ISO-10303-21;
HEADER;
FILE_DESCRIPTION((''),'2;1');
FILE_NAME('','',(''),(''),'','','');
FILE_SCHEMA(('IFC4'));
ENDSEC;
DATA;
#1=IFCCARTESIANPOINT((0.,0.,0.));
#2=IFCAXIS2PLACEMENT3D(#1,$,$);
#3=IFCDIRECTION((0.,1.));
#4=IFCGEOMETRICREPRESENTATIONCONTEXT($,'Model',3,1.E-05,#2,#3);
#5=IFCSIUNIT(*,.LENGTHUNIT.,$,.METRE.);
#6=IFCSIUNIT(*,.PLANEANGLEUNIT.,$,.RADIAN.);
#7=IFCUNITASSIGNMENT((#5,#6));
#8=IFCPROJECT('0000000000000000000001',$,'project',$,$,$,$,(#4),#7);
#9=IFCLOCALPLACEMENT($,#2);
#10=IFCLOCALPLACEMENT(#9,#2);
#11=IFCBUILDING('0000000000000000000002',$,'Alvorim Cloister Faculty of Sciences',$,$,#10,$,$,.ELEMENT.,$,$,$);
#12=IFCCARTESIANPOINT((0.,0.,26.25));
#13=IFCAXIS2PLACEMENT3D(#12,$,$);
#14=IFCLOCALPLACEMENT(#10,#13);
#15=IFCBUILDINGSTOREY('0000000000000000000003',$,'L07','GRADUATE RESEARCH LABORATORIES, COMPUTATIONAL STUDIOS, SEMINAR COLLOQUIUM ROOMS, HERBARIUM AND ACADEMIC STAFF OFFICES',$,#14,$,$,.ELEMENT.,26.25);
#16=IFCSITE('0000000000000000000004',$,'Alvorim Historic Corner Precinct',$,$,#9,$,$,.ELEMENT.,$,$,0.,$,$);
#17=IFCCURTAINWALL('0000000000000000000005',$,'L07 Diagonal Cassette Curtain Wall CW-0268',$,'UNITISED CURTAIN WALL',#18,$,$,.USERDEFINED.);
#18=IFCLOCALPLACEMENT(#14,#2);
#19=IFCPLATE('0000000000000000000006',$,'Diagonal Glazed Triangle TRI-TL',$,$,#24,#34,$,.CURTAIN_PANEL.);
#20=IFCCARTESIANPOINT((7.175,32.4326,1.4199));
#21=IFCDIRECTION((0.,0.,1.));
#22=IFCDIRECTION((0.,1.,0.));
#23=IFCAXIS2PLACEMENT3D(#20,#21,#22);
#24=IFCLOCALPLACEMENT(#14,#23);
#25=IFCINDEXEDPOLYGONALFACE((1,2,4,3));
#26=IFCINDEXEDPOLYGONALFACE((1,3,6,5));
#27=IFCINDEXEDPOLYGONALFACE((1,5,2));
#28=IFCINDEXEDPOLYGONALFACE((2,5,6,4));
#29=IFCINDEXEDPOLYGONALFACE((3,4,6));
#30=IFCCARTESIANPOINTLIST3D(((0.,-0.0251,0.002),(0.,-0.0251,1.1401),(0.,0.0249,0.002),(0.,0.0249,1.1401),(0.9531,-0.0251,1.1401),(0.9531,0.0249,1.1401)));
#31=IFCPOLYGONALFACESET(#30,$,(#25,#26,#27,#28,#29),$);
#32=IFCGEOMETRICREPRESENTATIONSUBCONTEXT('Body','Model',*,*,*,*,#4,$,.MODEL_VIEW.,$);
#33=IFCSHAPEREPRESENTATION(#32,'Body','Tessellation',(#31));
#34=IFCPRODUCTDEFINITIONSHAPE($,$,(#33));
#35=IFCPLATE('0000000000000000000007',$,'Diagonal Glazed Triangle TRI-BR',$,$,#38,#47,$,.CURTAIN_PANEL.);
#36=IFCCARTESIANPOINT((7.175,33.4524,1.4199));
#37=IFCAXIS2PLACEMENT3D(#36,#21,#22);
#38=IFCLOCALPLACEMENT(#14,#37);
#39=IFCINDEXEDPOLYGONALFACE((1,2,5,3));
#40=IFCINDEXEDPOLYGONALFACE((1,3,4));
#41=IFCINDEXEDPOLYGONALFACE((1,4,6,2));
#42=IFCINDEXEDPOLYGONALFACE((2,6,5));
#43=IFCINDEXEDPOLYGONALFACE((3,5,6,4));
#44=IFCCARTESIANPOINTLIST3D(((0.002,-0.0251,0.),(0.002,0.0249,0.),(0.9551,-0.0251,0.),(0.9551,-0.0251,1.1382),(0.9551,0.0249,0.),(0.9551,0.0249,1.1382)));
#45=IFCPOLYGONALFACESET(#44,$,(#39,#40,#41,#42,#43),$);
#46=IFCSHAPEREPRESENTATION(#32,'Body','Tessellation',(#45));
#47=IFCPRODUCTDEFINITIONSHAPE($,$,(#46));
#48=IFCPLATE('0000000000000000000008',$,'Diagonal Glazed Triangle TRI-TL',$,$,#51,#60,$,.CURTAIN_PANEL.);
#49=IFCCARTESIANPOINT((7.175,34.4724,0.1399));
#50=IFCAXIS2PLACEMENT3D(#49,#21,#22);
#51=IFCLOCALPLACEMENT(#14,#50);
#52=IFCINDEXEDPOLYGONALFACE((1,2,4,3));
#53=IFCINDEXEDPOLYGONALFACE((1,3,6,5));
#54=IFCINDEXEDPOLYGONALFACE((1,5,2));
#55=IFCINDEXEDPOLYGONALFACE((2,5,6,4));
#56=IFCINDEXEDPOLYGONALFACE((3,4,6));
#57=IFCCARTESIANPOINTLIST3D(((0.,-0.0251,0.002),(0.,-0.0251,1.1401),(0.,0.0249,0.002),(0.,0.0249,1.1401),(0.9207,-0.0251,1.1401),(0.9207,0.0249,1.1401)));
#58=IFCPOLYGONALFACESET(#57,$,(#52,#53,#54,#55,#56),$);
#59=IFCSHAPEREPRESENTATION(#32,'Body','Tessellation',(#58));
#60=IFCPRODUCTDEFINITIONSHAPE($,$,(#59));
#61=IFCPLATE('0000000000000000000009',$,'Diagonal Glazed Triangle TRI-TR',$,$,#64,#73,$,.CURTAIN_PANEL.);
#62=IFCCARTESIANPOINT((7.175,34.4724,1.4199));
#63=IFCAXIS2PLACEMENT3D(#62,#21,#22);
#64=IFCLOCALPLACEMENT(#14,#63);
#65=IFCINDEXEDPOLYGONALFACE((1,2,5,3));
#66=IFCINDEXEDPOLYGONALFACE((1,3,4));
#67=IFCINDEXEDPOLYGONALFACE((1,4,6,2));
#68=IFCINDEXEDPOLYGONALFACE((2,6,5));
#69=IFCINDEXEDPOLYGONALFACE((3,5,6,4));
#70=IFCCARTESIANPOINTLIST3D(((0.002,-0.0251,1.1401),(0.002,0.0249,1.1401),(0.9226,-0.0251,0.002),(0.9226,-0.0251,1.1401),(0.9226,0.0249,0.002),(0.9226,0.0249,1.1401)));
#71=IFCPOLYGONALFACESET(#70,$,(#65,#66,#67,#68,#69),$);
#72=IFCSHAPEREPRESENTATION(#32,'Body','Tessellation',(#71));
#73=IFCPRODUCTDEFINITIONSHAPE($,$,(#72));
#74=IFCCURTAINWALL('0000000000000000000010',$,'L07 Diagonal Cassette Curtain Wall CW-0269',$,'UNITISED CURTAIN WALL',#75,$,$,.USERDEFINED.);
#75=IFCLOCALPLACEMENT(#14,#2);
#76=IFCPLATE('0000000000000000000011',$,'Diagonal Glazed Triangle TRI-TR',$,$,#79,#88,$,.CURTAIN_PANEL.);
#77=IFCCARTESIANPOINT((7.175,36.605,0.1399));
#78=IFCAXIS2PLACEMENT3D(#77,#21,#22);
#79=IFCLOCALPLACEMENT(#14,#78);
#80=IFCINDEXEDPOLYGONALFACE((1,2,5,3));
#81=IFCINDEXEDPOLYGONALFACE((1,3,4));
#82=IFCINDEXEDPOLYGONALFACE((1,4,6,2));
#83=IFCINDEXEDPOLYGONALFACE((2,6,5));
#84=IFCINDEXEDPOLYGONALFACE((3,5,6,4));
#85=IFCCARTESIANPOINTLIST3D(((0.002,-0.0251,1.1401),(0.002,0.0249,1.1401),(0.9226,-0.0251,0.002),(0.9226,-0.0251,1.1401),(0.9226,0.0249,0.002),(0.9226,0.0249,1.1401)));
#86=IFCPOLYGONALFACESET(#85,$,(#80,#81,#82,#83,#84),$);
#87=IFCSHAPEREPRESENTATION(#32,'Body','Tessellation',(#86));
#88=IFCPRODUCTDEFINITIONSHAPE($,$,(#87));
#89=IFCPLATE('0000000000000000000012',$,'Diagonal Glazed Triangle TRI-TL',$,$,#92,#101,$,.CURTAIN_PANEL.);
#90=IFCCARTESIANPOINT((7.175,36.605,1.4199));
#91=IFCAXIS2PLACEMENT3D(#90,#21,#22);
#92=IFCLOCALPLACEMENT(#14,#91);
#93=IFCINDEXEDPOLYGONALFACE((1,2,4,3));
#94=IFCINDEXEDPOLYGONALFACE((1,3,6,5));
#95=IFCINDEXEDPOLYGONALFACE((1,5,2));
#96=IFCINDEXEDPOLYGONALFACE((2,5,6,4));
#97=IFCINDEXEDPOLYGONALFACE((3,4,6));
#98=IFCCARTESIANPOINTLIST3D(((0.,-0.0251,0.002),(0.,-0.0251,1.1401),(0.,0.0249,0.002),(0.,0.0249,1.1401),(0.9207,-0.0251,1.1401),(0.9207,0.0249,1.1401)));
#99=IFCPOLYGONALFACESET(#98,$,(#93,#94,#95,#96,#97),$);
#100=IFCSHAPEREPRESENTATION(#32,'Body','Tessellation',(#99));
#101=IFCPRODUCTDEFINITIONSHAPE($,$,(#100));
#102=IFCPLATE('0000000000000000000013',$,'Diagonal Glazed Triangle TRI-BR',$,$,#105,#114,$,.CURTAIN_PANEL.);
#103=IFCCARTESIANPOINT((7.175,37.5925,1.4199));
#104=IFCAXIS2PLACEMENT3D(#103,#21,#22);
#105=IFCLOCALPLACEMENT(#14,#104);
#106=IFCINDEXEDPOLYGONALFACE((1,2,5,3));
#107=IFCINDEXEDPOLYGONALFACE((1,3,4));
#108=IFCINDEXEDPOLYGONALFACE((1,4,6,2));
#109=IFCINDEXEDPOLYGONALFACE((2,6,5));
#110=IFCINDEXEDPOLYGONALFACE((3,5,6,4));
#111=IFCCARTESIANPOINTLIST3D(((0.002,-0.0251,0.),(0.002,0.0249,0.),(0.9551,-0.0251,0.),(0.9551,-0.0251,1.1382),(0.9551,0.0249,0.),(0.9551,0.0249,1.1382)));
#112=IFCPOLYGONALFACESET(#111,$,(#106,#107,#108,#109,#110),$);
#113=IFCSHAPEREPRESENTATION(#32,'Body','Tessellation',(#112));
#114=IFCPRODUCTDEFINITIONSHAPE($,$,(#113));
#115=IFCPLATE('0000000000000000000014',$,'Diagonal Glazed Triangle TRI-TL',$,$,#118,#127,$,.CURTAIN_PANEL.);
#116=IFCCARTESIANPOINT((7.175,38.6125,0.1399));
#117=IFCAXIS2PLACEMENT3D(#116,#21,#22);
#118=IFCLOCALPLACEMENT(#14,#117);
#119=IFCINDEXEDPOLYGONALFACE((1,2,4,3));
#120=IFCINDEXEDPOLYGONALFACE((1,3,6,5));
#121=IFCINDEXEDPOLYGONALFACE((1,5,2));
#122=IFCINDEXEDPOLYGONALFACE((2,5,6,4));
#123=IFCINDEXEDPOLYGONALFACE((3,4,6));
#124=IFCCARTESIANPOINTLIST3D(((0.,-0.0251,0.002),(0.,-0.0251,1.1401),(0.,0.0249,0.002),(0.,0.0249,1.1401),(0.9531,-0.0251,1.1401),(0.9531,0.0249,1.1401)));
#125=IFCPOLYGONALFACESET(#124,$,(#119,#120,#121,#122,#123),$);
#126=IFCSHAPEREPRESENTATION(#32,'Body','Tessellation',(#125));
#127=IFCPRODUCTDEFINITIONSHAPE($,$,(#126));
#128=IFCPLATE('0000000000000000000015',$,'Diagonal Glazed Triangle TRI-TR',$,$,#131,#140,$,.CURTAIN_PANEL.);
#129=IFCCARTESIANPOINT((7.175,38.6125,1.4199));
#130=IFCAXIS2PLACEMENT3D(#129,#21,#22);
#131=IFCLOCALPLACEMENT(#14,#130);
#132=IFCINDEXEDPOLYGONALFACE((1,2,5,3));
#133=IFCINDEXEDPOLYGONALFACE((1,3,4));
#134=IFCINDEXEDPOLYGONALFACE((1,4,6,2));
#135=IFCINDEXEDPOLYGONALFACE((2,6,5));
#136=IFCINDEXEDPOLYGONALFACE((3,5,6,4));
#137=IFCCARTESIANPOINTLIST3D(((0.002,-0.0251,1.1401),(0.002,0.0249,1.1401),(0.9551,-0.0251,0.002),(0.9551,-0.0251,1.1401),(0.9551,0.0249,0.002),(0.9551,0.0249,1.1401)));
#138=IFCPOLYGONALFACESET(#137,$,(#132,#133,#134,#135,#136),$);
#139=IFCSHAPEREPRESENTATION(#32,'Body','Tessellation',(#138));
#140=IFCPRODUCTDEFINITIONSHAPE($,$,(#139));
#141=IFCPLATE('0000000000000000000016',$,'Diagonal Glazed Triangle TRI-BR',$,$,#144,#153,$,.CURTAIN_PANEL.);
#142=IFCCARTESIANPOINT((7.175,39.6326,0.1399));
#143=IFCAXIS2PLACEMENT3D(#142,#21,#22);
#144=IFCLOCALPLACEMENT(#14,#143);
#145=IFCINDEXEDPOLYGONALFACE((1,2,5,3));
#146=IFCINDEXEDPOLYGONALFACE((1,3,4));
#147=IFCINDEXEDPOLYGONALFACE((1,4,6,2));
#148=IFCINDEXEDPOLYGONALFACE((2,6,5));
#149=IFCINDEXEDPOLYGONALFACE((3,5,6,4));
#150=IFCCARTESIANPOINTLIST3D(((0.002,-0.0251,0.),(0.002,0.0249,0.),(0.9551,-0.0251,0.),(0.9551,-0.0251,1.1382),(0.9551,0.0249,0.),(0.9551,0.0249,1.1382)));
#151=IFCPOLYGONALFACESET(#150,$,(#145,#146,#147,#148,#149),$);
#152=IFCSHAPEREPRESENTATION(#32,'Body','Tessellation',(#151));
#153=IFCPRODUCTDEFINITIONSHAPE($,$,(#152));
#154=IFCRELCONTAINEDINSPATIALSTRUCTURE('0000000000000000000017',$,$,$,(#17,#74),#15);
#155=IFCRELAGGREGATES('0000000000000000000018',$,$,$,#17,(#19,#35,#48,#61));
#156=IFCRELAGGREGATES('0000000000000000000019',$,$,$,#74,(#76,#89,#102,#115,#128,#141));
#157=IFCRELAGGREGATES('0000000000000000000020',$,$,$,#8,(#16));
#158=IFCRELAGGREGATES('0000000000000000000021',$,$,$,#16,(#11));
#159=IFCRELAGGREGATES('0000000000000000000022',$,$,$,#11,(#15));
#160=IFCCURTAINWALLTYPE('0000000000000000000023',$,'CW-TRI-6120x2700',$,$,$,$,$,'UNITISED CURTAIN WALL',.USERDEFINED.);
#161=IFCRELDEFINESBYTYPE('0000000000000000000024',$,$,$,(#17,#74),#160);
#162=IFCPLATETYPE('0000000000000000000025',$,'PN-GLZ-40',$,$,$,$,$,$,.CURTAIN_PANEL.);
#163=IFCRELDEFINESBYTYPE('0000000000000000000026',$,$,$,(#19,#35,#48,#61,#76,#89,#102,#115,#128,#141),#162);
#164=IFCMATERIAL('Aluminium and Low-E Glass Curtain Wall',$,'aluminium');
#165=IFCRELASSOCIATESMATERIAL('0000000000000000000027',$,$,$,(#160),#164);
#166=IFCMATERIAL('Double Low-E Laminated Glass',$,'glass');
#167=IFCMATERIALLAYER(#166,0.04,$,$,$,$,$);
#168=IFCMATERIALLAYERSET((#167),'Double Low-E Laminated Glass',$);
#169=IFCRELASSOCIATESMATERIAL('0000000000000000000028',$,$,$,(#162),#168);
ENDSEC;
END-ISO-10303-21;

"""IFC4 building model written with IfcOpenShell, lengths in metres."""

from ifc_helpers import new_model, si_unit, direction, frame, origin, place, context, subcontext, project, spatial, polyline, outline, extrude, material, layer, layer_set, type_object, element, aggregate, save


model = new_model("IFC4")

# Units and contexts
model_context = context("Model", 3, precision=1e-05, world=origin(), true_north=direction((0.0, 1.0)))
body_context = subcontext(model_context, "Body", "Model", "MODEL_VIEW")
ifc_project = project(units=[si_unit("LENGTHUNIT", "METRE"), si_unit("PLANEANGLEUNIT", "RADIAN")], contexts=[model_context])

# Site, building, storey
site_placement = place(None, origin())
site = spatial("IfcSite", under=ifc_project, at=site_placement, Name="Alvorim Historic Corner Precinct", CompositionType="ELEMENT", RefElevation=0.0)
building_placement = place(site_placement, origin())
building = spatial("IfcBuilding", under=site, at=building_placement, Name="Alvorim Cloister Faculty of Sciences", CompositionType="ELEMENT")
storey_placement = place(building_placement, frame((0.0, 0.0, 26.25)))
storey = spatial("IfcBuildingStorey", under=building, at=storey_placement, Name="L07", Description="GRADUATE RESEARCH LABORATORIES, COMPUTATIONAL STUDIOS, SEMINAR COLLOQUIUM ROOMS, HERBARIUM AND ACADEMIC STAFF OFFICES", CompositionType="ELEMENT", Elevation=26.25)

# Curtain walls, plates
ifc_material_1 = material(Name="Aluminium and Low-E Glass Curtain Wall", Category="aluminium")
curtain_wall_type = type_object("IfcCurtainWallType", Name="CW-TRI-6120x2700", ElementType="UNITISED CURTAIN WALL", PredefinedType="USERDEFINED", material=ifc_material_1)
curtain_wall_1_placement = place(storey_placement, origin())
curtain_wall_1 = element("IfcCurtainWall", 1, at=curtain_wall_1_placement, inside=storey, type_object=curtain_wall_type, Name="L07 Diagonal Cassette Curtain Wall CW-0268", ObjectType="UNITISED CURTAIN WALL", PredefinedType="USERDEFINED")
ifc_material_2 = material(Name="Double Low-E Laminated Glass", Category="glass")
ifc_layer_1 = layer(ifc_material_2, 0.04)
ifc_layer_set_1 = layer_set([ifc_layer_1], Name="Double Low-E Laminated Glass")
plate_type_1 = type_object("IfcPlateType", Name="PN-GLZ-40", PredefinedType="CURTAIN_PANEL", material=ifc_layer_set_1)
plate_1_placement = place(storey_placement, frame((7.175, 32.4326, 1.4199), z_axis=(0.0, 0.0, 1.0), x_axis=(0.0, 1.0, 0.0)))
plate_1 = element("IfcPlate", 2, at=plate_1_placement, type_object=plate_type_1, Name="Diagonal Glazed Triangle TRI-TL", PredefinedType="CURTAIN_PANEL", context=body_context, shape_type="SweptSolid", body=[
    extrude(outline(polyline([(0.9531, 1.1401), (0.0, 1.1401), (0.0, 0.002), (0.9531, 1.1401)])), frame((0.0, 0.0249, 0.0), z_axis=(0.0, -1.0, 0.0), x_axis=(1.0, 0.0, 0.0)), (0.0, 0.0, 1.0), 0.05),
])
plate_2_placement = place(storey_placement, frame((7.175, 33.4524, 1.4199), z_axis=(0.0, 0.0, 1.0), x_axis=(0.0, 1.0, 0.0)))
plate_2 = element("IfcPlate", 3, at=plate_2_placement, type_object=plate_type_1, Name="Diagonal Glazed Triangle TRI-BR", PredefinedType="CURTAIN_PANEL", context=body_context, shape_type="SweptSolid", body=[
    extrude(outline(polyline([(0.002, 0.0), (0.9551, 0.0), (0.9551, 1.1382), (0.002, 0.0)])), frame((0.0, 0.0249, 0.0), z_axis=(0.0, -1.0, 0.0), x_axis=(1.0, 0.0, 0.0)), (0.0, 0.0, 1.0), 0.05),
])
plate_3_placement = place(storey_placement, frame((7.175, 34.4724, 0.1399), z_axis=(0.0, 0.0, 1.0), x_axis=(0.0, 1.0, 0.0)))
plate_3 = element("IfcPlate", 4, at=plate_3_placement, type_object=plate_type_1, Name="Diagonal Glazed Triangle TRI-TL", PredefinedType="CURTAIN_PANEL", context=body_context, shape_type="SweptSolid", body=[
    extrude(outline(polyline([(0.9207, 1.1401), (0.0, 1.1401), (0.0, 0.002), (0.9207, 1.1401)])), frame((0.0, 0.0249, 0.0), z_axis=(0.0, -1.0, 0.0), x_axis=(1.0, 0.0, 0.0)), (0.0, 0.0, 1.0), 0.05),
])
plate_4_placement = place(storey_placement, frame((7.175, 34.4724, 1.4199), z_axis=(0.0, 0.0, 1.0), x_axis=(0.0, 1.0, 0.0)))
plate_4 = element("IfcPlate", 5, at=plate_4_placement, type_object=plate_type_1, Name="Diagonal Glazed Triangle TRI-TR", PredefinedType="CURTAIN_PANEL", context=body_context, shape_type="SweptSolid", body=[
    extrude(outline(polyline([(0.9226, 0.002), (0.9226, 1.1401), (0.002, 1.1401), (0.9226, 0.002)])), frame((0.0, 0.0249, 0.0), z_axis=(0.0, -1.0, 0.0), x_axis=(1.0, 0.0, 0.0)), (0.0, 0.0, 1.0), 0.05),
])
aggregate(curtain_wall_1, [plate_1, plate_2, plate_3, plate_4])
curtain_wall_2_placement = place(storey_placement, origin())
curtain_wall_2 = element("IfcCurtainWall", 6, at=curtain_wall_2_placement, inside=storey, type_object=curtain_wall_type, Name="L07 Diagonal Cassette Curtain Wall CW-0269", ObjectType="UNITISED CURTAIN WALL", PredefinedType="USERDEFINED")
plate_5_placement = place(storey_placement, frame((7.175, 36.605, 0.1399), z_axis=(0.0, 0.0, 1.0), x_axis=(0.0, 1.0, 0.0)))
plate_5 = element("IfcPlate", 7, at=plate_5_placement, type_object=plate_type_1, Name="Diagonal Glazed Triangle TRI-TR", PredefinedType="CURTAIN_PANEL", context=body_context, shape_type="SweptSolid", body=[
    extrude(outline(polyline([(0.9226, 0.002), (0.9226, 1.1401), (0.002, 1.1401), (0.9226, 0.002)])), frame((0.0, 0.0249, 0.0), z_axis=(0.0, -1.0, 0.0), x_axis=(1.0, 0.0, 0.0)), (0.0, 0.0, 1.0), 0.05),
])
plate_6_placement = place(storey_placement, frame((7.175, 36.605, 1.4199), z_axis=(0.0, 0.0, 1.0), x_axis=(0.0, 1.0, 0.0)))
plate_6 = element("IfcPlate", 8, at=plate_6_placement, type_object=plate_type_1, Name="Diagonal Glazed Triangle TRI-TL", PredefinedType="CURTAIN_PANEL", context=body_context, shape_type="SweptSolid", body=[
    extrude(outline(polyline([(0.9207, 1.1401), (0.0, 1.1401), (0.0, 0.002), (0.9207, 1.1401)])), frame((0.0, 0.0249, 0.0), z_axis=(0.0, -1.0, 0.0), x_axis=(1.0, 0.0, 0.0)), (0.0, 0.0, 1.0), 0.05),
])
plate_7_placement = place(storey_placement, frame((7.175, 37.5925, 1.4199), z_axis=(0.0, 0.0, 1.0), x_axis=(0.0, 1.0, 0.0)))
plate_7 = element("IfcPlate", 9, at=plate_7_placement, type_object=plate_type_1, Name="Diagonal Glazed Triangle TRI-BR", PredefinedType="CURTAIN_PANEL", context=body_context, shape_type="SweptSolid", body=[
    extrude(outline(polyline([(0.002, 0.0), (0.9551, 0.0), (0.9551, 1.1382), (0.002, 0.0)])), frame((0.0, 0.0249, 0.0), z_axis=(0.0, -1.0, 0.0), x_axis=(1.0, 0.0, 0.0)), (0.0, 0.0, 1.0), 0.05),
])
plate_8_placement = place(storey_placement, frame((7.175, 38.6125, 0.1399), z_axis=(0.0, 0.0, 1.0), x_axis=(0.0, 1.0, 0.0)))
plate_8 = element("IfcPlate", 10, at=plate_8_placement, type_object=plate_type_1, Name="Diagonal Glazed Triangle TRI-TL", PredefinedType="CURTAIN_PANEL", context=body_context, shape_type="SweptSolid", body=[
    extrude(outline(polyline([(0.9531, 1.1401), (0.0, 1.1401), (0.0, 0.002), (0.9531, 1.1401)])), frame((0.0, 0.0249, 0.0), z_axis=(0.0, -1.0, 0.0), x_axis=(1.0, 0.0, 0.0)), (0.0, 0.0, 1.0), 0.05),
])
plate_9_placement = place(storey_placement, frame((7.175, 38.6125, 1.4199), z_axis=(0.0, 0.0, 1.0), x_axis=(0.0, 1.0, 0.0)))
plate_9 = element("IfcPlate", 11, at=plate_9_placement, type_object=plate_type_1, Name="Diagonal Glazed Triangle TRI-TR", PredefinedType="CURTAIN_PANEL", context=body_context, shape_type="SweptSolid", body=[
    extrude(outline(polyline([(0.9551, 0.002), (0.9551, 1.1401), (0.002, 1.1401), (0.9551, 0.002)])), frame((0.0, 0.0249, 0.0), z_axis=(0.0, -1.0, 0.0), x_axis=(1.0, 0.0, 0.0)), (0.0, 0.0, 1.0), 0.05),
])
plate_10_placement = place(storey_placement, frame((7.175, 39.6326, 0.1399), z_axis=(0.0, 0.0, 1.0), x_axis=(0.0, 1.0, 0.0)))
plate_10 = element("IfcPlate", 12, at=plate_10_placement, type_object=plate_type_1, Name="Diagonal Glazed Triangle TRI-BR", PredefinedType="CURTAIN_PANEL", context=body_context, shape_type="SweptSolid", body=[
    extrude(outline(polyline([(0.002, 0.0), (0.9551, 0.0), (0.9551, 1.1382), (0.002, 0.0)])), frame((0.0, 0.0249, 0.0), z_axis=(0.0, -1.0, 0.0), x_axis=(1.0, 0.0, 0.0)), (0.0, 0.0, 1.0), 0.05),
])
aggregate(curtain_wall_2, [plate_5, plate_6, plate_7, plate_8, plate_9, plate_10])

save(model, "model.ifc")
